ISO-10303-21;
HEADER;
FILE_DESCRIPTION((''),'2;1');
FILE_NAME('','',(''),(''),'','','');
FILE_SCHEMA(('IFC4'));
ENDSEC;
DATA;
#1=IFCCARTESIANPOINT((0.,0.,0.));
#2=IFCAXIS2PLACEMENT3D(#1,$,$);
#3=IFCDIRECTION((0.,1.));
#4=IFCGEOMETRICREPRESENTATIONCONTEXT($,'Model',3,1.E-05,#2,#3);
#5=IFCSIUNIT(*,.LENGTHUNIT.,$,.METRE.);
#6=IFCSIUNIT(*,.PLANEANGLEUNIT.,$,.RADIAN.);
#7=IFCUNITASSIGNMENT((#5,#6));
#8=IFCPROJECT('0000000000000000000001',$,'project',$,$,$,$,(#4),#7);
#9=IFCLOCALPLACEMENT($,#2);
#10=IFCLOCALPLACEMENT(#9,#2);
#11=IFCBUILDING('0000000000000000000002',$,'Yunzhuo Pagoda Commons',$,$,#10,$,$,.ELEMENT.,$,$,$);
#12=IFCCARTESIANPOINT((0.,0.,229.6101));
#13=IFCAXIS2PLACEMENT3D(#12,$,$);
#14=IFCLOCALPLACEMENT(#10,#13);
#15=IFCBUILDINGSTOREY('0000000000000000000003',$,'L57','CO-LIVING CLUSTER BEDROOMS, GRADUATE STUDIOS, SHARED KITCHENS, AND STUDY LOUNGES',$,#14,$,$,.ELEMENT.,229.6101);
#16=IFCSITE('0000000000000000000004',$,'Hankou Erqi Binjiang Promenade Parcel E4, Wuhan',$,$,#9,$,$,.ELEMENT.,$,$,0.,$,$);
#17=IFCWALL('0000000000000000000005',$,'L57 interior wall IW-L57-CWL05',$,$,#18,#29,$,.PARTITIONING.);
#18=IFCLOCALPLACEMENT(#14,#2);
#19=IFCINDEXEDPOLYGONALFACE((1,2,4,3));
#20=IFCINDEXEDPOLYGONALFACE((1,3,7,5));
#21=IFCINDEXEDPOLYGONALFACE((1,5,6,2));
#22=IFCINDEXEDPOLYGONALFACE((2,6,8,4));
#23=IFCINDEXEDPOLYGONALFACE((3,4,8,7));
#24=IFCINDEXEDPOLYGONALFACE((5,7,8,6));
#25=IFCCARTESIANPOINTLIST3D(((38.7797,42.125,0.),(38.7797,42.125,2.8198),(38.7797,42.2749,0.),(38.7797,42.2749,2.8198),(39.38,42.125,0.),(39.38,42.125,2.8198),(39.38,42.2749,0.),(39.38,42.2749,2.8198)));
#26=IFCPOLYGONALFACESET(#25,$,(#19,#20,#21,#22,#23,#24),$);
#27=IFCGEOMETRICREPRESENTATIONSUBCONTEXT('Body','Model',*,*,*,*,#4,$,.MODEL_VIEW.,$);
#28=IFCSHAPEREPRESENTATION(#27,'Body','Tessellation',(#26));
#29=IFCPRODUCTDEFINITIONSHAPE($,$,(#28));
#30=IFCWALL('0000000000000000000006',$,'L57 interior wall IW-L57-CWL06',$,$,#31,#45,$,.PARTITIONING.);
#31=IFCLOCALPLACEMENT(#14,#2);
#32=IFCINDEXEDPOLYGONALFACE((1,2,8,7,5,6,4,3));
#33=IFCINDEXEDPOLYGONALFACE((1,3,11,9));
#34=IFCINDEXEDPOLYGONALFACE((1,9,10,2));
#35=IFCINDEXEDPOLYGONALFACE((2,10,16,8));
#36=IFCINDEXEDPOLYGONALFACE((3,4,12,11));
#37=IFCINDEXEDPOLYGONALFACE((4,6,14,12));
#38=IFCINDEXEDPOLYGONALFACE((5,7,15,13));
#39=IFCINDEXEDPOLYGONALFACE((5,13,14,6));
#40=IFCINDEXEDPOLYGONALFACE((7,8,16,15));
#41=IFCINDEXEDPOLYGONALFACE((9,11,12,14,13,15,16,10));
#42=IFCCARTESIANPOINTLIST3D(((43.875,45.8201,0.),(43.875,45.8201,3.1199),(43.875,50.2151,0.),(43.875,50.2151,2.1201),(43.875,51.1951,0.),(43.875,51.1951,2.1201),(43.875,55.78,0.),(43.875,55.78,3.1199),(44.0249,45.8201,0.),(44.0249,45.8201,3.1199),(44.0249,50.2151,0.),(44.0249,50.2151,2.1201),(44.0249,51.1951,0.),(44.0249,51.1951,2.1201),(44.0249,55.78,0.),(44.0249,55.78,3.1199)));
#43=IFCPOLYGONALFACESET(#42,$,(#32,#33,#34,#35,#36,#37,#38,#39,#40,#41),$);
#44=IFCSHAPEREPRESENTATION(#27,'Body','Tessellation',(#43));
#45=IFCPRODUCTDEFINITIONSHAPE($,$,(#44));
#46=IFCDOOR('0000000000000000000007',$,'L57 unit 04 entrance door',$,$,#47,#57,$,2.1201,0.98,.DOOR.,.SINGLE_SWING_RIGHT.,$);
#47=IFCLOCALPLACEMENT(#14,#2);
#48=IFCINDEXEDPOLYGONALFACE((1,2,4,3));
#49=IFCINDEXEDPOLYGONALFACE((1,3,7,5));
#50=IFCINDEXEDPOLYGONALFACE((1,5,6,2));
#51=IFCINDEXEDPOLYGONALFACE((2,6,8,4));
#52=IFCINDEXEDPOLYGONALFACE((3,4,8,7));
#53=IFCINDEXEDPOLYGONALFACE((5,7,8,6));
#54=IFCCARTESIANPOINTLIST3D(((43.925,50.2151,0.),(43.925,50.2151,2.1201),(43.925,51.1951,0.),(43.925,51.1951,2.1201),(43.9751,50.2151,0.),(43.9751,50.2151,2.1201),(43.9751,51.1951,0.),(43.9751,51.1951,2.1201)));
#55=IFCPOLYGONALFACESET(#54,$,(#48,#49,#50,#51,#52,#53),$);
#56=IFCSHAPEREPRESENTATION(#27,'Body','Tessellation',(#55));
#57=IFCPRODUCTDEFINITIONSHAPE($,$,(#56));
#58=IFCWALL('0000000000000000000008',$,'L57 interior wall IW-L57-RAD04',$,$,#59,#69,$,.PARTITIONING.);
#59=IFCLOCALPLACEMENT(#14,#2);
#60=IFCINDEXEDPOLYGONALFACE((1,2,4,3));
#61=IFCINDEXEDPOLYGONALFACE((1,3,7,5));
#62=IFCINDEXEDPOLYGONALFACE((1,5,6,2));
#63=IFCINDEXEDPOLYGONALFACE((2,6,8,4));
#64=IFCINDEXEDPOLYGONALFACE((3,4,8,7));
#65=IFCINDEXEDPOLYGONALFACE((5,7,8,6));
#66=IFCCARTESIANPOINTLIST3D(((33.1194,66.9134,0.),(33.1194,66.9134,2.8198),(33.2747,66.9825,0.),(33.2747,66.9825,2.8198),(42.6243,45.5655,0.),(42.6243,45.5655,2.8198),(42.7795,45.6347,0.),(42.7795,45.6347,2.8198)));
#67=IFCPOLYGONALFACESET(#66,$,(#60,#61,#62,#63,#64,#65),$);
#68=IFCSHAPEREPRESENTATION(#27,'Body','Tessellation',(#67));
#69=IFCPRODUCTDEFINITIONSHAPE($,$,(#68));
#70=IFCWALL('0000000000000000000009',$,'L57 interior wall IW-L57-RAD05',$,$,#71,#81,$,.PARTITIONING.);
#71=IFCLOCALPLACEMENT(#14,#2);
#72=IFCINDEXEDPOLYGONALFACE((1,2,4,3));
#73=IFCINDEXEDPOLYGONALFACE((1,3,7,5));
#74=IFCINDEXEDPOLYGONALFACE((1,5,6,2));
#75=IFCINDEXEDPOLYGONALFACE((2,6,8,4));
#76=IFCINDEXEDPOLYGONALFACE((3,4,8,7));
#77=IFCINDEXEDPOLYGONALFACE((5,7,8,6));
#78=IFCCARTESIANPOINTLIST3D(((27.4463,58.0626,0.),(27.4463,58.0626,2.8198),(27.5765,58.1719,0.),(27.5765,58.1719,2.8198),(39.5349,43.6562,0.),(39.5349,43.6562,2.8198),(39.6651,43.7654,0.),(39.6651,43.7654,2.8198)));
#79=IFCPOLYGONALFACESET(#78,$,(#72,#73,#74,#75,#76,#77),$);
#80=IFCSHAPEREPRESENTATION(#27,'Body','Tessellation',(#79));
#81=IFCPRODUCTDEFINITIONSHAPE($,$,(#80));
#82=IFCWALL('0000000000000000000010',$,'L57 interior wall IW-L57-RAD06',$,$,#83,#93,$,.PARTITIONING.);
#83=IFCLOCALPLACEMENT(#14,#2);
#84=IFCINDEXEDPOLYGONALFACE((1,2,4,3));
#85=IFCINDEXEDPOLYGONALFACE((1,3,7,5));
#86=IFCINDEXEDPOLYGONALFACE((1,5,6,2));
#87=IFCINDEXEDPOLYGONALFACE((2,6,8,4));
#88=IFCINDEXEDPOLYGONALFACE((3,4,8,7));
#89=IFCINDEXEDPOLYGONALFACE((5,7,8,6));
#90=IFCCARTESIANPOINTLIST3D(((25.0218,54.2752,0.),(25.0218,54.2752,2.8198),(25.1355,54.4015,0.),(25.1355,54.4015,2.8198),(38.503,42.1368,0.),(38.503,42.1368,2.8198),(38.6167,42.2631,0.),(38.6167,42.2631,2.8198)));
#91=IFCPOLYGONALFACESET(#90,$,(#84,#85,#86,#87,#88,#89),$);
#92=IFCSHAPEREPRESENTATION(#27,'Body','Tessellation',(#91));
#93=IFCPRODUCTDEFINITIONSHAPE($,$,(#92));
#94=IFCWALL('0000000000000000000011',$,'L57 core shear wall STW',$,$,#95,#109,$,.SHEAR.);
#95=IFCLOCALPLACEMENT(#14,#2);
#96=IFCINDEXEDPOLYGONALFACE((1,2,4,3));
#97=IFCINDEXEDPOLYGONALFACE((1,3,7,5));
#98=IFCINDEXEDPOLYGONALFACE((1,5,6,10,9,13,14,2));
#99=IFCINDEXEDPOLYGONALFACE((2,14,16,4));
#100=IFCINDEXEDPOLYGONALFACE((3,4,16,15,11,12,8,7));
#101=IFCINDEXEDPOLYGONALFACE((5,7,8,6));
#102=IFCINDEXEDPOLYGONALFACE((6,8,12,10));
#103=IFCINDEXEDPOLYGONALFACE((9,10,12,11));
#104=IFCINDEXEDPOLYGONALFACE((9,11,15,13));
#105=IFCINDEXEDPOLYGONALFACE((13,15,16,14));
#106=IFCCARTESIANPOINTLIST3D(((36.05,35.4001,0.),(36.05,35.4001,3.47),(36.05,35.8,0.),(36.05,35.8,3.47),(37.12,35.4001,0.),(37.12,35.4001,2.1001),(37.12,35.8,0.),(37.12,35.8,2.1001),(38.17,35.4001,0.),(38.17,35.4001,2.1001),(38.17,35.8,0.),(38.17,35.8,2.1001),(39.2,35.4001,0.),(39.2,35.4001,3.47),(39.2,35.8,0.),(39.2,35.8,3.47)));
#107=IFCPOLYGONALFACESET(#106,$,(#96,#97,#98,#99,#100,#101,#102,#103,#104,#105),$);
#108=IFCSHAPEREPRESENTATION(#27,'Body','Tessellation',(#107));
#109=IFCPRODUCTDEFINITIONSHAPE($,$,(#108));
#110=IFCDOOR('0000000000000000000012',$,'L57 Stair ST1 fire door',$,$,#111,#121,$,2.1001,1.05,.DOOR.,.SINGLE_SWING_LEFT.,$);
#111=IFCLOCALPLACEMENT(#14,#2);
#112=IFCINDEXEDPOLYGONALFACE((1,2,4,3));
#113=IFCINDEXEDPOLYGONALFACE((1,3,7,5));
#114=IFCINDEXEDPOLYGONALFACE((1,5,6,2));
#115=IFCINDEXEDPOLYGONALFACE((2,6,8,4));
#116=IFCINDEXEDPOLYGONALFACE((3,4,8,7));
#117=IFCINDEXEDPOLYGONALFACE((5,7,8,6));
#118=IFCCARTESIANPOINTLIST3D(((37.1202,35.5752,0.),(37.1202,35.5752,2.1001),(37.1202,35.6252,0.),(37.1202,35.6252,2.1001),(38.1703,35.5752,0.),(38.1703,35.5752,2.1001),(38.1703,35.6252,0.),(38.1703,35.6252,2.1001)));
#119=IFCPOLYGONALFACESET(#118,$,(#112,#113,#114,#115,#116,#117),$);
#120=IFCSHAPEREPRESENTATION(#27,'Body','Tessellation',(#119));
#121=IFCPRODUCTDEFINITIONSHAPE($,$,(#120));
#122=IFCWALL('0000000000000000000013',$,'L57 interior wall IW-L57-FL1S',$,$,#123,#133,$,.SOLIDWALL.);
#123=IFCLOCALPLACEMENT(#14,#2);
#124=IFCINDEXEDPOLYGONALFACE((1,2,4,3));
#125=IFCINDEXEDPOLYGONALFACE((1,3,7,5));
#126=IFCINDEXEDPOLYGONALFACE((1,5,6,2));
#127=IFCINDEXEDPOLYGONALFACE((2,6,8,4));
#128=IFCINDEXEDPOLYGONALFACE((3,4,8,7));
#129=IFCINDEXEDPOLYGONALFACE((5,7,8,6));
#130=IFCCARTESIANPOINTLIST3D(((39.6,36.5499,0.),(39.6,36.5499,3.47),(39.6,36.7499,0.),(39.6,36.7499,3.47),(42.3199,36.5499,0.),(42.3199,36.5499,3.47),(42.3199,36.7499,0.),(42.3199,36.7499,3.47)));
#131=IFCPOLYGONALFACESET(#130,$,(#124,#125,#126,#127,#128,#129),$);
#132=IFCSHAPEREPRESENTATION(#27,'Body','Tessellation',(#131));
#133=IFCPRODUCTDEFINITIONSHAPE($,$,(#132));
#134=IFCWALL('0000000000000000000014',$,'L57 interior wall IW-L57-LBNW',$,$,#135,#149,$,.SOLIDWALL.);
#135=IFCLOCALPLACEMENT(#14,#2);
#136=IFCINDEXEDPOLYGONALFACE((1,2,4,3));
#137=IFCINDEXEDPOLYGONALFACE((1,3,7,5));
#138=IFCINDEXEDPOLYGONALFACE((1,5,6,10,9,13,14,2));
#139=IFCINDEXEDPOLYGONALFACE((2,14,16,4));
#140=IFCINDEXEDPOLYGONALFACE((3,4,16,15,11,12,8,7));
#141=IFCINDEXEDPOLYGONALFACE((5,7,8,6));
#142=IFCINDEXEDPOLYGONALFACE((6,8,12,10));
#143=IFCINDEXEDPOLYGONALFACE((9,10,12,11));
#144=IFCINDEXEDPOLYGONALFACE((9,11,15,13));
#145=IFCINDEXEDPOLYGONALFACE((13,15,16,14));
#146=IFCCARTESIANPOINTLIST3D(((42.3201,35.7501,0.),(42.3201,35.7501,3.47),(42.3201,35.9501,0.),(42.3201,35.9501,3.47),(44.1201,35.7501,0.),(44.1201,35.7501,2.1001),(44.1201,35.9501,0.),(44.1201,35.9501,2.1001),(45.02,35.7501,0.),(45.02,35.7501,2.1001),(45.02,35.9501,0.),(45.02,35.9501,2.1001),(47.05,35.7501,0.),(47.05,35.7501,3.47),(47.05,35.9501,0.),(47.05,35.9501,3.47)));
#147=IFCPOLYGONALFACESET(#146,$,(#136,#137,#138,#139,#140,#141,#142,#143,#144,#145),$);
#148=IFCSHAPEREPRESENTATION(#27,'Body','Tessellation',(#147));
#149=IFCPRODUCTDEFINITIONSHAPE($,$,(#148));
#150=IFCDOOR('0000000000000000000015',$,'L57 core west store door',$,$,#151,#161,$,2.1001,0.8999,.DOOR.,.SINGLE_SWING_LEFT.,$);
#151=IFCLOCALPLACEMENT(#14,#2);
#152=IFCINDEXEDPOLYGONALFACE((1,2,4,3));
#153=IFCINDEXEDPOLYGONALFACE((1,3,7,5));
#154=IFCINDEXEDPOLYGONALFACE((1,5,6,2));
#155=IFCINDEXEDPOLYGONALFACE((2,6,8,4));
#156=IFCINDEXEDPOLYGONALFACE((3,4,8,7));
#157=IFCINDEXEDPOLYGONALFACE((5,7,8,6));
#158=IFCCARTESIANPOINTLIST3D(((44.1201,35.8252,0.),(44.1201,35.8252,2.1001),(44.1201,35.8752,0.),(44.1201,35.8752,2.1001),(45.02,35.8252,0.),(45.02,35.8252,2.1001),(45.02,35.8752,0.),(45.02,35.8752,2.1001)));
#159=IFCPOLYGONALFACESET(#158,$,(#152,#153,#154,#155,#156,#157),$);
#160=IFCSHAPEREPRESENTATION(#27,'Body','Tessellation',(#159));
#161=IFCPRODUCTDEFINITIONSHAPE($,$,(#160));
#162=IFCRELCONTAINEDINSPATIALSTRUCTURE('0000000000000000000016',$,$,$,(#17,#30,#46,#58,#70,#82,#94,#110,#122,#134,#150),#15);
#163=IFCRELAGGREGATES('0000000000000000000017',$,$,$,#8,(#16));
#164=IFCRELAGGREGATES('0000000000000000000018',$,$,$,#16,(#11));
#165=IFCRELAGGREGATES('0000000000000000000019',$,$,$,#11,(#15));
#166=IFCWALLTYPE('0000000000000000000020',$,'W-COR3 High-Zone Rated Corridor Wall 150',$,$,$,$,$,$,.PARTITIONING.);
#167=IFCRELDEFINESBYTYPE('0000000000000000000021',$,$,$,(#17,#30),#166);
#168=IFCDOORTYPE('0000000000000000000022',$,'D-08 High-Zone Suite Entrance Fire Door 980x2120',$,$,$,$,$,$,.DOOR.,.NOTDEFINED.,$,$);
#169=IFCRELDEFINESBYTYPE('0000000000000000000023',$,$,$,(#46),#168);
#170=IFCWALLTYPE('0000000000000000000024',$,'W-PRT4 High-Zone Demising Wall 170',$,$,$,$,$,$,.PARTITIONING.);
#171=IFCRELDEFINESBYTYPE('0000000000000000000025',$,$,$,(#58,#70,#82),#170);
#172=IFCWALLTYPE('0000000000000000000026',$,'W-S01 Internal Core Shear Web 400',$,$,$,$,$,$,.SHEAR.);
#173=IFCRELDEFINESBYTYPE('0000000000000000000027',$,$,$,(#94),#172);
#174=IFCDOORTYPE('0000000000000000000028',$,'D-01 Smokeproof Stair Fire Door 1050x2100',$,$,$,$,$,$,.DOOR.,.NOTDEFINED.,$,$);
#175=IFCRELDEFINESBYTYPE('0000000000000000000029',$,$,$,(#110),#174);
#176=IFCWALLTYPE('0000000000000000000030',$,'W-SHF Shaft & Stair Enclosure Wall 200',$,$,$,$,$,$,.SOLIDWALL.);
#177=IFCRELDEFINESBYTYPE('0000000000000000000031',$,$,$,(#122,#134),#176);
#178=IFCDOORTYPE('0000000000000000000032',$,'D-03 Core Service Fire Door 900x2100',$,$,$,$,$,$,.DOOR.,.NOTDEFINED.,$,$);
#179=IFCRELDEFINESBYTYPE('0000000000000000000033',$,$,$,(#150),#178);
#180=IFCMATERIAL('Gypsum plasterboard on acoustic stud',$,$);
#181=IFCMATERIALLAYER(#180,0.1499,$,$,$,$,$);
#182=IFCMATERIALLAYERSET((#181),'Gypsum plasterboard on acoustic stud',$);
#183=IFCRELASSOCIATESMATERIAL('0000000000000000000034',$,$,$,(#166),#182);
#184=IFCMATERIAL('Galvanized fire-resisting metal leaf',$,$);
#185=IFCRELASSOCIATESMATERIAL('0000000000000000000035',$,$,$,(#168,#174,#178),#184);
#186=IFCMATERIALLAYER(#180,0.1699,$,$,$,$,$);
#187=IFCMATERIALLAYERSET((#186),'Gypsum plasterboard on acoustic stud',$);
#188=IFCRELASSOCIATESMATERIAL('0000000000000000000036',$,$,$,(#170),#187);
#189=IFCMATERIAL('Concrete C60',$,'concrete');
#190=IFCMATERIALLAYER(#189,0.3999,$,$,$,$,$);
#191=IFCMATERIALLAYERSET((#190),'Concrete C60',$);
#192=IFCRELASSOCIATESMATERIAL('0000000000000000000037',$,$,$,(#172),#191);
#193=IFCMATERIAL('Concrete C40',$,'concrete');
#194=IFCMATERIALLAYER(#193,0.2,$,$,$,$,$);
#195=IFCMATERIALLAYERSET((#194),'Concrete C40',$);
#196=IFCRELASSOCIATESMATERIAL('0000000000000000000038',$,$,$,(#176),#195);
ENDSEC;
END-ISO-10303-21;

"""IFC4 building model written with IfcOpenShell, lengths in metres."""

from ifc_helpers import new_model, si_unit, direction, frame, frame_2d, origin, origin_with_axes, place, context, subcontext, project, spatial, rectangle, extrude, source, transform, mapped, material, layer, layer_set, type_object, element, fill, save


model = new_model("IFC4")

# Units and contexts
model_context = context("Model", 3, precision=1e-05, world=origin(), true_north=direction((0.0, 1.0)))
body_context = subcontext(model_context, "Body", "Model", "MODEL_VIEW")
ifc_project = project(units=[si_unit("LENGTHUNIT", "METRE"), si_unit("PLANEANGLEUNIT", "RADIAN")], contexts=[model_context])

# Site, building, storey
site_placement = place(None, origin())
site = spatial("IfcSite", under=ifc_project, at=site_placement, Name="Hankou Erqi Binjiang Promenade Parcel E4, Wuhan", CompositionType="ELEMENT", RefElevation=0.0)
building_placement = place(site_placement, origin())
building = spatial("IfcBuilding", under=site, at=building_placement, Name="Yunzhuo Pagoda Commons", CompositionType="ELEMENT")
storey_placement = place(building_placement, frame((0.0, 0.0, 229.6101)))
storey = spatial("IfcBuildingStorey", under=building, at=storey_placement, Name="L57", Description="CO-LIVING CLUSTER BEDROOMS, GRADUATE STUDIOS, SHARED KITCHENS, AND STUDY LOUNGES", CompositionType="ELEMENT", Elevation=229.6101)

# Shared definitions
ifc_material_1 = material(Name="Gypsum plasterboard on acoustic stud")
ifc_layer_1 = layer(ifc_material_1, 0.1499)
ifc_layer_set_1 = layer_set([ifc_layer_1], Name="Gypsum plasterboard on acoustic stud")
wall_type_1 = type_object("IfcWallType", Name="W-COR3 High-Zone Rated Corridor Wall 150", PredefinedType="PARTITIONING", material=ifc_layer_set_1)

# Wall
wall_1_placement = place(storey_placement, frame((38.7795, 42.2, 0.0), z_axis=(0.0, 0.0, 1.0), x_axis=(1.0, 0.0, 0.0)))
element("IfcWall", 1, at=wall_1_placement, inside=storey, type_object=wall_type_1, Name="L57 interior wall IW-L57-CWL05", PredefinedType="PARTITIONING", context=body_context, shape_type="SweptSolid", body=[
    extrude(rectangle(XDim=0.6003, YDim=0.1499, at=frame_2d((0.3003, 0.0))), origin(), (0.0, 0.0, 1.0), 2.8198),
])

# Wall, opening, door
wall_2_placement = place(storey_placement, frame((43.95, 45.8201, 0.0), z_axis=(0.0, 0.0, 1.0), x_axis=(0.0, 1.0, 0.0)))
wall_2 = element("IfcWall", 2, at=wall_2_placement, inside=storey, type_object=wall_type_1, Name="L57 interior wall IW-L57-CWL06", PredefinedType="PARTITIONING", context=body_context, shape_type="SweptSolid", body=[
    extrude(rectangle(XDim=9.96, YDim=0.1499, at=frame_2d((4.98, 0.0))), origin(), (0.0, 0.0, 1.0), 3.1199),
])
opening_1_placement = place(wall_2_placement, frame((4.395, 0.0, 0.0)))
opening_1 = element("IfcOpeningElement", 3, at=opening_1_placement, cuts=wall_2, PredefinedType="OPENING", context=body_context, shape_type="SweptSolid", body=[
    extrude(rectangle(XDim=0.98, YDim=2.1201, at=frame_2d((0.49, 1.0601))), frame((0.0, 0.085, 0.0), z_axis=(0.0, -1.0, 0.0), x_axis=(1.0, 0.0, 0.0)), (0.0, 0.0, 1.0), 0.1699),
])
ifc_material_2 = material(Name="Galvanized fire-resisting metal leaf")
door_type_1 = type_object("IfcDoorType", Name="D-08 High-Zone Suite Entrance Fire Door 980x2120", OperationType="NOTDEFINED", PredefinedType="DOOR", material=ifc_material_2)
shared_shape_1 = source(origin(), body_context, "Body", "SweptSolid", [
    extrude(rectangle(XDim=0.98, YDim=2.1201, at=frame_2d((0.49, 1.0601))), frame((0.0, 0.0249, 0.0), z_axis=(0.0, -1.0, 0.0), x_axis=(1.0, 0.0, 0.0)), (0.0, 0.0, 1.0), 0.05),
])
door_1_placement = place(opening_1_placement, origin_with_axes())
door_1 = element("IfcDoor", 4, at=door_1_placement, inside=storey, type_object=door_type_1, Name="L57 unit 04 entrance door", OperationType="SINGLE_SWING_RIGHT", OverallHeight=2.1201, OverallWidth=0.98, PredefinedType="DOOR", context=body_context, shape_type="MappedRepresentation", body=[
    mapped(shared_shape_1, transform((0.0, 0.0, 0.0), scale=1.0)),
])
fill(opening_1, door_1)

# Walls
ifc_layer_2 = layer(ifc_material_1, 0.1699)
ifc_layer_set_2 = layer_set([ifc_layer_2], Name="Gypsum plasterboard on acoustic stud")
wall_type_2 = type_object("IfcWallType", Name="W-PRT4 High-Zone Demising Wall 170", PredefinedType="PARTITIONING", material=ifc_layer_set_2)
wall_3_placement = place(storey_placement, frame((42.7019, 45.6001, 0.0), z_axis=(0.0, 0.0, 1.0), x_axis=(-0.406743, 0.913543, 0.0)))
element("IfcWall", 5, at=wall_3_placement, inside=storey, type_object=wall_type_2, Name="L57 interior wall IW-L57-RAD04", PredefinedType="PARTITIONING", context=body_context, shape_type="SweptSolid", body=[
    extrude(rectangle(XDim=23.3682, YDim=0.1699, at=frame_2d((11.6841, 0.0))), origin(), (0.0, 0.0, 1.0), 2.8198),
])
wall_4_placement = place(storey_placement, frame((39.6001, 43.7107, 0.0), z_axis=(0.0, 0.0, 1.0), x_axis=(-0.642792, 0.766041, 0.0)))
element("IfcWall", 6, at=wall_4_placement, inside=storey, type_object=wall_type_2, Name="L57 interior wall IW-L57-RAD05", PredefinedType="PARTITIONING", context=body_context, shape_type="SweptSolid", body=[
    extrude(rectangle(XDim=18.8064, YDim=0.1699, at=frame_2d((9.4033, 0.0))), origin(), (0.0, 0.0, 1.0), 2.8198),
])
wall_5_placement = place(storey_placement, frame((38.5598, 42.2, 0.0), z_axis=(0.0, 0.0, 1.0), x_axis=(-0.743148, 0.669128, 0.0)))
element("IfcWall", 7, at=wall_5_placement, inside=storey, type_object=wall_type_2, Name="L57 interior wall IW-L57-RAD06", PredefinedType="PARTITIONING", context=body_context, shape_type="SweptSolid", body=[
    extrude(rectangle(XDim=18.1406, YDim=0.1699, at=frame_2d((9.0703, 0.0))), origin(), (0.0, 0.0, 1.0), 2.8198),
])

# Wall, opening, door
ifc_material_3 = material(Name="Concrete C60", Category="concrete")
ifc_layer_3 = layer(ifc_material_3, 0.3999)
ifc_layer_set_3 = layer_set([ifc_layer_3], Name="Concrete C60")
wall_type_3 = type_object("IfcWallType", Name="W-S01 Internal Core Shear Web 400", PredefinedType="SHEAR", material=ifc_layer_set_3)
wall_6_placement = place(storey_placement, frame((36.05, 35.6001, 0.0), z_axis=(0.0, 0.0, 1.0), x_axis=(1.0, 0.0, 0.0)))
wall_6 = element("IfcWall", 8, at=wall_6_placement, inside=storey, type_object=wall_type_3, Name="L57 core shear wall STW", PredefinedType="SHEAR", context=body_context, shape_type="SweptSolid", body=[
    extrude(rectangle(XDim=3.1499, YDim=0.3999, at=frame_2d((1.575, 0.0))), origin(), (0.0, 0.0, 1.0), 3.47),
])
opening_2_placement = place(wall_6_placement, frame((1.0701, 0.0, 0.0)))
opening_2 = element("IfcOpeningElement", 9, at=opening_2_placement, cuts=wall_6, PredefinedType="OPENING", context=body_context, shape_type="SweptSolid", body=[
    extrude(rectangle(XDim=1.05, YDim=2.1001, at=frame_2d((0.5249, 1.05))), frame((0.0, 0.21, 0.0), z_axis=(0.0, -1.0, 0.0), x_axis=(1.0, 0.0, 0.0)), (0.0, 0.0, 1.0), 0.4199),
])
door_type_2 = type_object("IfcDoorType", Name="D-01 Smokeproof Stair Fire Door 1050x2100", OperationType="NOTDEFINED", PredefinedType="DOOR", material=ifc_material_2)
shared_shape_2 = source(origin(), body_context, "Body", "SweptSolid", [
    extrude(rectangle(XDim=1.05, YDim=2.1001, at=frame_2d((0.5249, 1.05))), frame((0.0, 0.0249, 0.0), z_axis=(0.0, -1.0, 0.0), x_axis=(1.0, 0.0, 0.0)), (0.0, 0.0, 1.0), 0.05),
])
door_2_placement = place(opening_2_placement, frame((1.05, 0.0, 0.0), z_axis=(0.0, 0.0, 1.0), x_axis=(-1.0, 0.0, 0.0)))
door_2 = element("IfcDoor", 10, at=door_2_placement, inside=storey, type_object=door_type_2, Name="L57 Stair ST1 fire door", OperationType="SINGLE_SWING_LEFT", OverallHeight=2.1001, OverallWidth=1.05, PredefinedType="DOOR", context=body_context, shape_type="MappedRepresentation", body=[
    mapped(shared_shape_2, transform((0.0, 0.0, 0.0), scale=1.0)),
])
fill(opening_2, door_2)

# Wall
ifc_material_4 = material(Name="Concrete C40", Category="concrete")
ifc_layer_4 = layer(ifc_material_4, 0.2)
ifc_layer_set_4 = layer_set([ifc_layer_4], Name="Concrete C40")
wall_type_4 = type_object("IfcWallType", Name="W-SHF Shaft & Stair Enclosure Wall 200", PredefinedType="SOLIDWALL", material=ifc_layer_set_4)
wall_7_placement = place(storey_placement, frame((39.6001, 36.6499, 0.0), z_axis=(0.0, 0.0, 1.0), x_axis=(1.0, 0.0, 0.0)))
element("IfcWall", 11, at=wall_7_placement, inside=storey, type_object=wall_type_4, Name="L57 interior wall IW-L57-FL1S", PredefinedType="SOLIDWALL", context=body_context, shape_type="SweptSolid", body=[
    extrude(rectangle(XDim=2.72, YDim=0.2, at=frame_2d((1.3599, 0.0))), origin(), (0.0, 0.0, 1.0), 3.47),
])

# Wall, opening, door
wall_8_placement = place(storey_placement, frame((42.3201, 35.8501, 0.0), z_axis=(0.0, 0.0, 1.0), x_axis=(1.0, 0.0, 0.0)))
wall_8 = element("IfcWall", 12, at=wall_8_placement, inside=storey, type_object=wall_type_4, Name="L57 interior wall IW-L57-LBNW", PredefinedType="SOLIDWALL", context=body_context, shape_type="SweptSolid", body=[
    extrude(rectangle(XDim=4.73, YDim=0.2, at=frame_2d((2.365, 0.0))), origin(), (0.0, 0.0, 1.0), 3.47),
])
opening_3_placement = place(wall_8_placement, frame((1.8, 0.0, 0.0)))
opening_3 = element("IfcOpeningElement", 13, at=opening_3_placement, cuts=wall_8, PredefinedType="OPENING", context=body_context, shape_type="SweptSolid", body=[
    extrude(rectangle(XDim=0.8999, YDim=2.1001, at=frame_2d((0.45, 1.05))), frame((0.0, 0.1099, 0.0), z_axis=(0.0, -1.0, 0.0), x_axis=(1.0, 0.0, 0.0)), (0.0, 0.0, 1.0), 0.22),
])
door_type_3 = type_object("IfcDoorType", Name="D-03 Core Service Fire Door 900x2100", OperationType="NOTDEFINED", PredefinedType="DOOR", material=ifc_material_2)
shared_shape_3 = source(origin(), body_context, "Body", "SweptSolid", [
    extrude(rectangle(XDim=0.8999, YDim=2.1001, at=frame_2d((0.45, 1.05))), frame((0.0, 0.0249, 0.0), z_axis=(0.0, -1.0, 0.0), x_axis=(1.0, 0.0, 0.0)), (0.0, 0.0, 1.0), 0.05),
])
door_3_placement = place(opening_3_placement, frame((0.8999, 0.0, 0.0), z_axis=(0.0, 0.0, 1.0), x_axis=(-1.0, 0.0, 0.0)))
door_3 = element("IfcDoor", 14, at=door_3_placement, inside=storey, type_object=door_type_3, Name="L57 core west store door", OperationType="SINGLE_SWING_LEFT", OverallHeight=2.1001, OverallWidth=0.8999, PredefinedType="DOOR", context=body_context, shape_type="MappedRepresentation", body=[
    mapped(shared_shape_3, transform((0.0, 0.0, 0.0), scale=1.0)),
])
fill(opening_3, door_3)

save(model, "model.ifc")
